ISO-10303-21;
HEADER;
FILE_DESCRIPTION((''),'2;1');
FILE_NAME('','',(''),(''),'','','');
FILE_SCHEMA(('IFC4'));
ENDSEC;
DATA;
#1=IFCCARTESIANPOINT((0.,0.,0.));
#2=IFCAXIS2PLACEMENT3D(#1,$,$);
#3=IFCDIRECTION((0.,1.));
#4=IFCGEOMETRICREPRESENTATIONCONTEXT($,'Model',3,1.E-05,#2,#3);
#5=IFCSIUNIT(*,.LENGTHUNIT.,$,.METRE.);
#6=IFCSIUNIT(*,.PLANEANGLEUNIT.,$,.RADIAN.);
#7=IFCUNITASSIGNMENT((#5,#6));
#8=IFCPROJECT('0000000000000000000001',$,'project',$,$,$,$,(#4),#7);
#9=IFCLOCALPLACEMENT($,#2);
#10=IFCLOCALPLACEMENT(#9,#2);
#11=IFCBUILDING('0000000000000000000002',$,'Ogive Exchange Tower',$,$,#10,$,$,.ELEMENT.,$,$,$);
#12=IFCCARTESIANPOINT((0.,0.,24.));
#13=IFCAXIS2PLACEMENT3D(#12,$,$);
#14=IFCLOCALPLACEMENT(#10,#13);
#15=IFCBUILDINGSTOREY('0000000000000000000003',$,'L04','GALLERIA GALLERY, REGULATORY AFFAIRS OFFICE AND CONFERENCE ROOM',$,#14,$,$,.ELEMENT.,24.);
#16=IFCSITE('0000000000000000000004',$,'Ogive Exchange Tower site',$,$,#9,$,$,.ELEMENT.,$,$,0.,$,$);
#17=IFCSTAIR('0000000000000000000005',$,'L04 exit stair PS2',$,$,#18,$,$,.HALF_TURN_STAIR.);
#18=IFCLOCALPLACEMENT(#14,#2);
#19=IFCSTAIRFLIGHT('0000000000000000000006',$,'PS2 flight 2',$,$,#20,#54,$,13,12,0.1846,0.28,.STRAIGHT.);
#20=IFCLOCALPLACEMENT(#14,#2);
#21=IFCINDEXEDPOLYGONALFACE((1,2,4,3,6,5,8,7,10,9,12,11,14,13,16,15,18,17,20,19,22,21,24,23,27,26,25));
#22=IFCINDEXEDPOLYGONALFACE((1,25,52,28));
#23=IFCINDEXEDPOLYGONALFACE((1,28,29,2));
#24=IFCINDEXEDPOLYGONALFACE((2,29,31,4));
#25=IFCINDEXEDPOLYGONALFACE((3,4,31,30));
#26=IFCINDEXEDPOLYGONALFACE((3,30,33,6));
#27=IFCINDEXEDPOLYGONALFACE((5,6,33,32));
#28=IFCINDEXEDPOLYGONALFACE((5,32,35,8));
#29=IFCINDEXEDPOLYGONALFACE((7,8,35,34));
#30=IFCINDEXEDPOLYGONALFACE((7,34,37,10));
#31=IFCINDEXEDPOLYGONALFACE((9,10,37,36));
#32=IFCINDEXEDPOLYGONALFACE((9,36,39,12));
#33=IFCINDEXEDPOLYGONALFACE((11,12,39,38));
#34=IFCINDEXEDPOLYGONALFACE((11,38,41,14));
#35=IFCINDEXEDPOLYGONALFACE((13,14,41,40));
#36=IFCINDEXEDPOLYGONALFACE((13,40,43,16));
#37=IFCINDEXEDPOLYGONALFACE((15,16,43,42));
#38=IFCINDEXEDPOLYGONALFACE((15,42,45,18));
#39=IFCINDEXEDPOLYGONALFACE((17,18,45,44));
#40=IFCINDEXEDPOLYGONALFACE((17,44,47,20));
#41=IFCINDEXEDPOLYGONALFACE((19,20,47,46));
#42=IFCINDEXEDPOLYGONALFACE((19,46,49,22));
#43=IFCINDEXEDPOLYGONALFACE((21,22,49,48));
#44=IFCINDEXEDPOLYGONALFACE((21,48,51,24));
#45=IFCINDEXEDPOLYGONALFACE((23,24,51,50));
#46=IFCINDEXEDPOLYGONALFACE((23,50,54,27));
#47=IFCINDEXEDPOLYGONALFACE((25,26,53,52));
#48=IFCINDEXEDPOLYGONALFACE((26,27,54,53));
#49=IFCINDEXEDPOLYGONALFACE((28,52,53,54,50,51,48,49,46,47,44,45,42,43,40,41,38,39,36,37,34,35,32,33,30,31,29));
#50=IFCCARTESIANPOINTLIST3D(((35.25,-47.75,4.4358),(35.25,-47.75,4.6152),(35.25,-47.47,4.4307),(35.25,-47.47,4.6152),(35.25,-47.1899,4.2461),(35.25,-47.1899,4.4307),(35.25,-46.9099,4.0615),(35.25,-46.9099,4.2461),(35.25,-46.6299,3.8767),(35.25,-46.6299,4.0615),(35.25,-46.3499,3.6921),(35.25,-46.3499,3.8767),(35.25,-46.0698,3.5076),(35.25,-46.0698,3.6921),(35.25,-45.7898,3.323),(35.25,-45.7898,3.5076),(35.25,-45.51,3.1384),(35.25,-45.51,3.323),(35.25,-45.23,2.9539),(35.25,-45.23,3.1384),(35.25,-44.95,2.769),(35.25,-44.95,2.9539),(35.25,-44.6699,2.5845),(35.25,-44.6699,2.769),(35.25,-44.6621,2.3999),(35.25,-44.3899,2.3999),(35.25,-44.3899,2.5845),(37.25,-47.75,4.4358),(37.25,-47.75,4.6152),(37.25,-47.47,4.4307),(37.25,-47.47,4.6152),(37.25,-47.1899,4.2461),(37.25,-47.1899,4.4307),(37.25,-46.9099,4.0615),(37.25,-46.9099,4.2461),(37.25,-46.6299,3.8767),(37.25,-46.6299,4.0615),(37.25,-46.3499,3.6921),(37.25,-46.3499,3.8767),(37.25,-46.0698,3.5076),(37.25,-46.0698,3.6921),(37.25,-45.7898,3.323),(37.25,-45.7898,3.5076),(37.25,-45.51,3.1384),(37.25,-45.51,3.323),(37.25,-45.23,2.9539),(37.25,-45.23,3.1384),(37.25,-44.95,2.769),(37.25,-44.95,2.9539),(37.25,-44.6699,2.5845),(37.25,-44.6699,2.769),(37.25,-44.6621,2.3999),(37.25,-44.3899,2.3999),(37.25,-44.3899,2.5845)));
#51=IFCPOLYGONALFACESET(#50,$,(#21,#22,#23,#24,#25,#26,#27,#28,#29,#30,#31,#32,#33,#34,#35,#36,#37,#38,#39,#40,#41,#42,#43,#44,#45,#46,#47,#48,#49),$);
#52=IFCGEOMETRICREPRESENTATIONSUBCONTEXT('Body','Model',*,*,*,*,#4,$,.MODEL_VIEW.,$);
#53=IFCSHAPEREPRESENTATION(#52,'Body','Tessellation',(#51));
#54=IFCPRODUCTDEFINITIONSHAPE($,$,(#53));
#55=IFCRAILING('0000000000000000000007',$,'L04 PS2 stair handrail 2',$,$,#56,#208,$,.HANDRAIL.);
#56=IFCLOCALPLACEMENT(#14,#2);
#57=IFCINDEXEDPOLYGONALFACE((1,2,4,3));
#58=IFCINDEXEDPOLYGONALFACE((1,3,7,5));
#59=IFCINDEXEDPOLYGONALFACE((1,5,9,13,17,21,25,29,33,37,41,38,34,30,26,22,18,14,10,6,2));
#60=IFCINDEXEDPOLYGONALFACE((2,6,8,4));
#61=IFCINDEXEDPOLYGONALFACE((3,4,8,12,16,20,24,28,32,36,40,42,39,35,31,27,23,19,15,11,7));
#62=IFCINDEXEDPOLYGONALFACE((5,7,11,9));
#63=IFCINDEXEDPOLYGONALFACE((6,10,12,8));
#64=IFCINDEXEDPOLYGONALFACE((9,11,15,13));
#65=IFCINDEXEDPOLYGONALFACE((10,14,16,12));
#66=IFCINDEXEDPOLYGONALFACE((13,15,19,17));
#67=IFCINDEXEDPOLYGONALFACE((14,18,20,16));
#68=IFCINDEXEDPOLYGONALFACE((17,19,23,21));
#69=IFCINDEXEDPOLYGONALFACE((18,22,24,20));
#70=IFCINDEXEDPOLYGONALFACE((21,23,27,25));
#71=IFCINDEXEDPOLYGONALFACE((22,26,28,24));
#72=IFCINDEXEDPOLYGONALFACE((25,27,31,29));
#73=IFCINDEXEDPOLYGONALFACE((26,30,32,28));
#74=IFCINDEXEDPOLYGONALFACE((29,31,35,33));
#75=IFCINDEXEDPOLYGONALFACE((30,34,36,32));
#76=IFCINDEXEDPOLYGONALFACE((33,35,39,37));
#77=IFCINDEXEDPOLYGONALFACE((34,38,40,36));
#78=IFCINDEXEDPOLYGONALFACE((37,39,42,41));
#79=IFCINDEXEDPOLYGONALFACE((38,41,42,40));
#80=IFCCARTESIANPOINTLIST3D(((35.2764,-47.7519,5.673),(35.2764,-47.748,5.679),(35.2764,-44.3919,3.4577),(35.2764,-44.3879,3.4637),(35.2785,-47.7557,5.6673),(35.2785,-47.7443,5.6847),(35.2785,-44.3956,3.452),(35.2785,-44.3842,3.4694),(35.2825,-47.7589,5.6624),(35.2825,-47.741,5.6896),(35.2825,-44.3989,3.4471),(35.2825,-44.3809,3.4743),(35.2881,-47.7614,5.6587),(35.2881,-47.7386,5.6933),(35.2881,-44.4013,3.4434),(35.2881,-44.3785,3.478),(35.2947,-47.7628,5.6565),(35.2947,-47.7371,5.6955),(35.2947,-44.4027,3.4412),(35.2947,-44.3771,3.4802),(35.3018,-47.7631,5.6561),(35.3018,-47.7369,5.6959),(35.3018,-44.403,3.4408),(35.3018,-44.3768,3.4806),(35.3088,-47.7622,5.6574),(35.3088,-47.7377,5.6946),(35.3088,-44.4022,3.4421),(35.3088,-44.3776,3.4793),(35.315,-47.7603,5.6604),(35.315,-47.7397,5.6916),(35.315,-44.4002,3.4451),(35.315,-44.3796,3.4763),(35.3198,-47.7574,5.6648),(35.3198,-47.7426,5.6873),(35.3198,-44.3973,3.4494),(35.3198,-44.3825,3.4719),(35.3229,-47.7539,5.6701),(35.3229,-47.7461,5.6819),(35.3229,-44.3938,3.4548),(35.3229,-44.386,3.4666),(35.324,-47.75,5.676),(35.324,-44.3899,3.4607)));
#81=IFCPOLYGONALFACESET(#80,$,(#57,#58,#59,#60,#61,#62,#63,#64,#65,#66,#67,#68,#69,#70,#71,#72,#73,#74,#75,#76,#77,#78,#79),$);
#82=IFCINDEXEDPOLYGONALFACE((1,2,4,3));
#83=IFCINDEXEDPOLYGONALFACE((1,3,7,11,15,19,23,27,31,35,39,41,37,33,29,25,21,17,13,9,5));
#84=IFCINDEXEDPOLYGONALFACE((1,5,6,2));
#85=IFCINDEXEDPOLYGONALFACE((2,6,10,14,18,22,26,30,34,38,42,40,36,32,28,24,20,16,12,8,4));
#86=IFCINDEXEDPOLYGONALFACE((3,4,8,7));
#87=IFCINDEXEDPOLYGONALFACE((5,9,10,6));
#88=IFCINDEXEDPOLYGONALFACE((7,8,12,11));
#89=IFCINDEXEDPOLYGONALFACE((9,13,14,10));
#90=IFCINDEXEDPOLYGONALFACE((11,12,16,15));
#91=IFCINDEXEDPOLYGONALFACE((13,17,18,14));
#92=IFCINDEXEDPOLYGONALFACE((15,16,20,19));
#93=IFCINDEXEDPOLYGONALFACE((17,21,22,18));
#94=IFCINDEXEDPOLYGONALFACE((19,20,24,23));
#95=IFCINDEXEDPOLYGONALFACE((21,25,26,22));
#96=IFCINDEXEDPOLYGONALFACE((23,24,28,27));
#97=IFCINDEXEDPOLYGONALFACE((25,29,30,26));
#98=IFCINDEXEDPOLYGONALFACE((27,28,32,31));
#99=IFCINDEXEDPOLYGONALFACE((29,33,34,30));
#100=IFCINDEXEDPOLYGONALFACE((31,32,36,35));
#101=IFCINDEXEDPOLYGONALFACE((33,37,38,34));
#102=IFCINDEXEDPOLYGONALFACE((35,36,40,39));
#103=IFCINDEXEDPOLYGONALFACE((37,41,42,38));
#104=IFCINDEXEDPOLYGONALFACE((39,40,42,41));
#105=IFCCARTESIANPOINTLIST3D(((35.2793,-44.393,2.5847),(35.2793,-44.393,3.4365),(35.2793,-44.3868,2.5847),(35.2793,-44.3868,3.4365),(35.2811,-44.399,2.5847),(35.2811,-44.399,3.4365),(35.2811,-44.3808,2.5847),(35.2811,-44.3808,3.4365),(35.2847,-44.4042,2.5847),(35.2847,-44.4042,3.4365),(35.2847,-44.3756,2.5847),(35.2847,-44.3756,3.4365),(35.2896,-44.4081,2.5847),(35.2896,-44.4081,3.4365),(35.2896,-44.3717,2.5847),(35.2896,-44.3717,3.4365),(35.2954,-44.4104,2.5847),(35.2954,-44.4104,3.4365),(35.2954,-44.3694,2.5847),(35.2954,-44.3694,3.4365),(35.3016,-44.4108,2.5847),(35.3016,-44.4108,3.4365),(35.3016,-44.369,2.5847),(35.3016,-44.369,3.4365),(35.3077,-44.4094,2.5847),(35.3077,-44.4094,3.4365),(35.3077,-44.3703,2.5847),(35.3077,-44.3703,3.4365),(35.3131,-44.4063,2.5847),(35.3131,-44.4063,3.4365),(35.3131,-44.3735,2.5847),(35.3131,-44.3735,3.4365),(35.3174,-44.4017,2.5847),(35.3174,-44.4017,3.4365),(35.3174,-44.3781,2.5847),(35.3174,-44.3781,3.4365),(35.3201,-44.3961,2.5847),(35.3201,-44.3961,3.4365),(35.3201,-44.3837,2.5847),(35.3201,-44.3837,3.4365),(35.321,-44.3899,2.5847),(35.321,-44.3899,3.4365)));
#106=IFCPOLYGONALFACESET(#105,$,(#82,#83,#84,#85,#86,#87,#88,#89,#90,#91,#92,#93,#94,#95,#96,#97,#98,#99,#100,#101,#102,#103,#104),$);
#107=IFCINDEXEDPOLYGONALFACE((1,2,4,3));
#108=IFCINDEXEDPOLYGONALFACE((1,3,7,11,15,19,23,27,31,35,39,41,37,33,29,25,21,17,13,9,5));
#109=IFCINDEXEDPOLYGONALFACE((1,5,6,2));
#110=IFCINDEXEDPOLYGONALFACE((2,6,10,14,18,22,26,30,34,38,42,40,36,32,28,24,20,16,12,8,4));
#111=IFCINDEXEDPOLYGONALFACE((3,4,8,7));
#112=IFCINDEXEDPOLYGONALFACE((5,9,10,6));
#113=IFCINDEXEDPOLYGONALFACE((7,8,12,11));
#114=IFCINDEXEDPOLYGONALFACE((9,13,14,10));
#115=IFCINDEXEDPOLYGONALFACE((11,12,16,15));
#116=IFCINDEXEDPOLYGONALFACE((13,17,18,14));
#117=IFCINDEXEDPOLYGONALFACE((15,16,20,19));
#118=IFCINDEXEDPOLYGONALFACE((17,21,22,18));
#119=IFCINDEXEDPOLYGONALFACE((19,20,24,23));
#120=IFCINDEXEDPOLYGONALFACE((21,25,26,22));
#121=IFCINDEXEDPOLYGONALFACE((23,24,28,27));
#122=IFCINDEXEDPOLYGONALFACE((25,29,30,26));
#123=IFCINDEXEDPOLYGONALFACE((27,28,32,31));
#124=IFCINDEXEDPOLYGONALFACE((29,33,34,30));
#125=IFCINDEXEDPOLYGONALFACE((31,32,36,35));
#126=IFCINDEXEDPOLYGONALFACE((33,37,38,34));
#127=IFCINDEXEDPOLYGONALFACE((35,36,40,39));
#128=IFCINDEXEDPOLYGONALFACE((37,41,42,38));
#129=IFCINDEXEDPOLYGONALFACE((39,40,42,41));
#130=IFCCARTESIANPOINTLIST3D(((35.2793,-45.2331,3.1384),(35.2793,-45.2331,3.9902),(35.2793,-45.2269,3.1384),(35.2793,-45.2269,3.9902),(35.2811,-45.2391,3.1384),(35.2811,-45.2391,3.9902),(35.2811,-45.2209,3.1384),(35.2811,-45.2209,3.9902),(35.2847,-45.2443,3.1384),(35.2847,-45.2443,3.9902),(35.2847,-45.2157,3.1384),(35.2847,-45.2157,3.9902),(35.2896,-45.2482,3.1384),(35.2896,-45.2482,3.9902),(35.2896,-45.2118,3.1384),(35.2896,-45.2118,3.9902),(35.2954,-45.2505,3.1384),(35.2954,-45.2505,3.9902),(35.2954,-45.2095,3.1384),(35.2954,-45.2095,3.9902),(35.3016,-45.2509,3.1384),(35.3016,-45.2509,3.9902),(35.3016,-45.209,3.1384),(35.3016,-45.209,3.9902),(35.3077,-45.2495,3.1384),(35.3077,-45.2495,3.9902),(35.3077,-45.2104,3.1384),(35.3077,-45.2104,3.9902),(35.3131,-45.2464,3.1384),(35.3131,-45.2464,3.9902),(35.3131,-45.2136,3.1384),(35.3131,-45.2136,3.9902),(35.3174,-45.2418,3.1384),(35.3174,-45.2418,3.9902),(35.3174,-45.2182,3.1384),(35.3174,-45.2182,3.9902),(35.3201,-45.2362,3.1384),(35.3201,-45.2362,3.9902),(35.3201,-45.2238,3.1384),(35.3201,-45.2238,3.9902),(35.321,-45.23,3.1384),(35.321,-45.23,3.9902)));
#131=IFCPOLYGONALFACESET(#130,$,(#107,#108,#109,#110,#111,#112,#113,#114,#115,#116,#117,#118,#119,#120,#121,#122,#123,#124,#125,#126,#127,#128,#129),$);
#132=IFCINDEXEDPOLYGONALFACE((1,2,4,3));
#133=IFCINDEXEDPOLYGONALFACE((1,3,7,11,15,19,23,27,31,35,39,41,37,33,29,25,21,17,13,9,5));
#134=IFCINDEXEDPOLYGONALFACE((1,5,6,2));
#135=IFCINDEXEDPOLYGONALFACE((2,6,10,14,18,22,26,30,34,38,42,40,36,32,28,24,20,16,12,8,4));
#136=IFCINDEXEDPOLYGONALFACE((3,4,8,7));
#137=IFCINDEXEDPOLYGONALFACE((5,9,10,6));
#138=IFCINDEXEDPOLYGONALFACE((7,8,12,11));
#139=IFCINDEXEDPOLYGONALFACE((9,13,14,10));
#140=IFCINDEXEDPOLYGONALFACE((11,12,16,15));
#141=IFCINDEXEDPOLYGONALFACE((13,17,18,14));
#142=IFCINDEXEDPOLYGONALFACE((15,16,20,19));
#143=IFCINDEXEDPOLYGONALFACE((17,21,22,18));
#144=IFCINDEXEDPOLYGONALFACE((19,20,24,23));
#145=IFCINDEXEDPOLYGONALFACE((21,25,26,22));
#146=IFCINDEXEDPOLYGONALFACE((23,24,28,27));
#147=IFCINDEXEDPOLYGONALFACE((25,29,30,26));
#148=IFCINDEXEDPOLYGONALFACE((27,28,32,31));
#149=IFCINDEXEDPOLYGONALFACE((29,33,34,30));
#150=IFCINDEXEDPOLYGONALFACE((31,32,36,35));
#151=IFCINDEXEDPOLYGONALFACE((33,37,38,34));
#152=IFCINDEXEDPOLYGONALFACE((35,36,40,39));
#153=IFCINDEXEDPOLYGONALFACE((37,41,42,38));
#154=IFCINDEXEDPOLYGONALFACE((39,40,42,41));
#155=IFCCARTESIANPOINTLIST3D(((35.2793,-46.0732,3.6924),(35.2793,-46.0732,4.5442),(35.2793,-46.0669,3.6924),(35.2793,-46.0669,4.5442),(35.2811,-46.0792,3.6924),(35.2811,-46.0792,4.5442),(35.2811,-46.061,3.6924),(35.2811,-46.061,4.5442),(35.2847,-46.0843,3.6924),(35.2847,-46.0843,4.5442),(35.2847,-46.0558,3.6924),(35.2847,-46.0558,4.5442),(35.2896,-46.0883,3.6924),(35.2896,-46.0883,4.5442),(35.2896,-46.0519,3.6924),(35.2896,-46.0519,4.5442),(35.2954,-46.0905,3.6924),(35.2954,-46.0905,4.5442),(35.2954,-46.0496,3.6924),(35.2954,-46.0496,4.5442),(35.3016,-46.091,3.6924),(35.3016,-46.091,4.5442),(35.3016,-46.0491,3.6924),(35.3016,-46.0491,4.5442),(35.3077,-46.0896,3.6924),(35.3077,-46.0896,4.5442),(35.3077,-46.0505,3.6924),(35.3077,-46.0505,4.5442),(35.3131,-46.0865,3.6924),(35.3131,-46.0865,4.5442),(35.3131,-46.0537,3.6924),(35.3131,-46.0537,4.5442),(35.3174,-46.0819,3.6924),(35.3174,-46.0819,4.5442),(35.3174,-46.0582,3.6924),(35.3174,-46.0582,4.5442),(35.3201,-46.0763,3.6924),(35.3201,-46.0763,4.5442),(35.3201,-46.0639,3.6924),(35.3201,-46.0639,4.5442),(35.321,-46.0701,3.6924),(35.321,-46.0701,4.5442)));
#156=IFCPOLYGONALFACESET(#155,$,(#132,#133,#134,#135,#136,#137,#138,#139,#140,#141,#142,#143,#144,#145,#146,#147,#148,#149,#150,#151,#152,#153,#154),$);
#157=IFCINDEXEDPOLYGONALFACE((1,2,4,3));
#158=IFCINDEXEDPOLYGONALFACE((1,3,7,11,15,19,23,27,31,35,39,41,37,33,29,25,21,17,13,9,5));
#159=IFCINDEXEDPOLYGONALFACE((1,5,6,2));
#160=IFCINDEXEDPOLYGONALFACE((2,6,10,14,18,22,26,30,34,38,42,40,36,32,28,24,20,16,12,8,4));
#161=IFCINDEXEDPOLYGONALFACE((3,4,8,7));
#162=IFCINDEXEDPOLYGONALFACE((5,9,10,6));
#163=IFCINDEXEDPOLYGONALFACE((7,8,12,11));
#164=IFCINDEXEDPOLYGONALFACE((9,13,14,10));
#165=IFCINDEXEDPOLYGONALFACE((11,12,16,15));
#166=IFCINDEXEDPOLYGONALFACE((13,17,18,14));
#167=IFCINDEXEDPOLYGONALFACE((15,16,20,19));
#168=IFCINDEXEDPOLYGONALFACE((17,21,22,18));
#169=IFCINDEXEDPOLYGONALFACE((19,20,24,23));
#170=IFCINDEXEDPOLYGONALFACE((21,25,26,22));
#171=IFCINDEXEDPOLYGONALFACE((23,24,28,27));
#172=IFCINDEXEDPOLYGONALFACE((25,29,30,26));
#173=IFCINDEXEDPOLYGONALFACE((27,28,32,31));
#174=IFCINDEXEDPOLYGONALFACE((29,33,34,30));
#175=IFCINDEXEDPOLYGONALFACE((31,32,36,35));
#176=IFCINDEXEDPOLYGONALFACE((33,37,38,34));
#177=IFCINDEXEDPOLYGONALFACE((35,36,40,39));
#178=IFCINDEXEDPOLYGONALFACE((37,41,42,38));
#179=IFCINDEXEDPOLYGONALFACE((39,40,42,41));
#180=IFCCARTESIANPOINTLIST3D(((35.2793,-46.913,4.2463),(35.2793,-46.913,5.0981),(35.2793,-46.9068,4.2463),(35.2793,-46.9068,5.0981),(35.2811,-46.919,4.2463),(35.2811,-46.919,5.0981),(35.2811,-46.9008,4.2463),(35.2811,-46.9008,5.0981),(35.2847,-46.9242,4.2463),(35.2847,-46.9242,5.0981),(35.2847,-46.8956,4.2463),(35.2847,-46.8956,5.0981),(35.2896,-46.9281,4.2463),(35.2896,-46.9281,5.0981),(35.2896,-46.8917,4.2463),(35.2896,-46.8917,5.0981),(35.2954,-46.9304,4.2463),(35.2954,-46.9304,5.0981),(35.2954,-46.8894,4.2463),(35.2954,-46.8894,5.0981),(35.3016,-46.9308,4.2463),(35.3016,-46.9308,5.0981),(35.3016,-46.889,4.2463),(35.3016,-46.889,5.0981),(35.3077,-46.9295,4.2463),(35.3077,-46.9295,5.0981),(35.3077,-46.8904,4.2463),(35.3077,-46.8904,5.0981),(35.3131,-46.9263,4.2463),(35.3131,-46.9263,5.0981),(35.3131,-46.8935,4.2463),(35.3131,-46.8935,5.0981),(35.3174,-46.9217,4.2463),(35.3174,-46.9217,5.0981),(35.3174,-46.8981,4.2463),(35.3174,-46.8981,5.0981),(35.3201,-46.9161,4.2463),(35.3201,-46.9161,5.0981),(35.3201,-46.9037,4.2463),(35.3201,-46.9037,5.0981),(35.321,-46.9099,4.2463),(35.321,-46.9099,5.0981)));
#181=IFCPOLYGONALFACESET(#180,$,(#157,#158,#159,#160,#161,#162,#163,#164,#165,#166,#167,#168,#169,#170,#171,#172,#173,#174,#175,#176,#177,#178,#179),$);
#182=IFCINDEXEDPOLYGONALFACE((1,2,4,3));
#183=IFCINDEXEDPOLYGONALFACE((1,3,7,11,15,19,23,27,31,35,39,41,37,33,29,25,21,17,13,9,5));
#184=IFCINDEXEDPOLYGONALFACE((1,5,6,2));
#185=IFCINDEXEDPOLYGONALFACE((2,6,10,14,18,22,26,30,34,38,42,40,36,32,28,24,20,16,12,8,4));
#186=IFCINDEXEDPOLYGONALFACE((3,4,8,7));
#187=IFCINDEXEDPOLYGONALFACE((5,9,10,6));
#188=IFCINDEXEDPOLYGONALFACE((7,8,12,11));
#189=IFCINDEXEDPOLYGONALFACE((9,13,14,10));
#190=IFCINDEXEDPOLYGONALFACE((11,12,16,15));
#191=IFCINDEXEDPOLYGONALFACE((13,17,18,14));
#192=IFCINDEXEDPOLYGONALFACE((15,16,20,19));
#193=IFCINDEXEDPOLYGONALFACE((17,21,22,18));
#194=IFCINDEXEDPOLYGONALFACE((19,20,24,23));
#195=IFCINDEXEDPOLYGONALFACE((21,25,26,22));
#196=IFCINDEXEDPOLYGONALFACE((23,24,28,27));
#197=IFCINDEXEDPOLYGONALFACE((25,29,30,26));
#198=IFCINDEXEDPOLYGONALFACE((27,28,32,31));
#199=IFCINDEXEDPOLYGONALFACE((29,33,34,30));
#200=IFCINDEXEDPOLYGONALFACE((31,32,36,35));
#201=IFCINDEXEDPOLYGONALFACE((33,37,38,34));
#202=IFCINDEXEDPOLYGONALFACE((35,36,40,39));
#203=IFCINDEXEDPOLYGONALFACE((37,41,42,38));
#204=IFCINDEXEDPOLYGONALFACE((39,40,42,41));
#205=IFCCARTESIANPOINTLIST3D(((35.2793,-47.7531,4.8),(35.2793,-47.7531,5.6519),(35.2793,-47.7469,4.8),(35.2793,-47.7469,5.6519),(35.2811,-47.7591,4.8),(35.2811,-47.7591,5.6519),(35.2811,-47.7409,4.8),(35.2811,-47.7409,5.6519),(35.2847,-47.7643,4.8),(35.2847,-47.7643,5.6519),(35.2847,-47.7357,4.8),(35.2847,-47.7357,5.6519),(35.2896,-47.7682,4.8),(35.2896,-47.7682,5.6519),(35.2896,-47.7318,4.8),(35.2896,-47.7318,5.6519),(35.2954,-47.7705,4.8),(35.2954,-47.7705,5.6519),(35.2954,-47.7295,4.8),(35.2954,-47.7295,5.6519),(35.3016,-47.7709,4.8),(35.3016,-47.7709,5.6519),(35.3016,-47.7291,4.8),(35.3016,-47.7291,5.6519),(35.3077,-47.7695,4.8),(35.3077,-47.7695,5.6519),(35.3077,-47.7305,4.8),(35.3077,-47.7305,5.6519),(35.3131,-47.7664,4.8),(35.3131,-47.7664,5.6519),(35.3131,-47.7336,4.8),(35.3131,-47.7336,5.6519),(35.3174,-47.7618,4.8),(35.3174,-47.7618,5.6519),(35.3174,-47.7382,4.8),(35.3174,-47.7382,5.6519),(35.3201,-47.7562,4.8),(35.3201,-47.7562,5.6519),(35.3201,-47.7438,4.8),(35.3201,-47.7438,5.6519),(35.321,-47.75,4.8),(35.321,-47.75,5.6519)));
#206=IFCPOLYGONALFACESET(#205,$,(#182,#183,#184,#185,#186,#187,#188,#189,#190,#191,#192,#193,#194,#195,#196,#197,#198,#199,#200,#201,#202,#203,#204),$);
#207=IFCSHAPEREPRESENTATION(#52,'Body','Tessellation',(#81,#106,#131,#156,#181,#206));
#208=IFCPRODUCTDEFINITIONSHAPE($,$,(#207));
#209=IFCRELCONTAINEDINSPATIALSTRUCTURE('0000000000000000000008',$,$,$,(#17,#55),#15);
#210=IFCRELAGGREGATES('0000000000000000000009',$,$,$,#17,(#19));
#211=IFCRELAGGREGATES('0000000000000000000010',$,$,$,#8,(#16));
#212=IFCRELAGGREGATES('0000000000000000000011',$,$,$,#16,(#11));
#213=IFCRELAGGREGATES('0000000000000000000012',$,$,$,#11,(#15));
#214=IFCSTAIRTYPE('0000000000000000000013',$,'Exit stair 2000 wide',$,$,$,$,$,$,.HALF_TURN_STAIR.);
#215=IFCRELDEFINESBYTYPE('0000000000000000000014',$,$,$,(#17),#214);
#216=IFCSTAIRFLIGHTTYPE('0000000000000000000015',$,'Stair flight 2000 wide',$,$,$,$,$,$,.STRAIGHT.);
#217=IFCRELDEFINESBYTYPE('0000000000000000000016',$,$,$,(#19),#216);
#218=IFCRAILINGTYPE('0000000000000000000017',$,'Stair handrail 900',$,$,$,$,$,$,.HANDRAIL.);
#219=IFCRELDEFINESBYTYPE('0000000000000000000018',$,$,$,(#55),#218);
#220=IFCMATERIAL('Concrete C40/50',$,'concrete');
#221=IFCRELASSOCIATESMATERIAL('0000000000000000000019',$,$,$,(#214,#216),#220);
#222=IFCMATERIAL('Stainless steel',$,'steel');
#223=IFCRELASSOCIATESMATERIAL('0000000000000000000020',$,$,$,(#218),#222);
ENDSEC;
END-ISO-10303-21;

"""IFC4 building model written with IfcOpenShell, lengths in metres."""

from ifc_helpers import new_model, si_unit, direction, frame, origin, origin_2d, place, context, subcontext, project, spatial, polyline, circle, outline, extrude, material, type_object, element, aggregate, save


model = new_model("IFC4")

# Units and contexts
model_context = context("Model", 3, precision=1e-05, world=origin(), true_north=direction((0.0, 1.0)))
body_context = subcontext(model_context, "Body", "Model", "MODEL_VIEW")
ifc_project = project(units=[si_unit("LENGTHUNIT", "METRE"), si_unit("PLANEANGLEUNIT", "RADIAN")], contexts=[model_context])

# Site, building, storey
site_placement = place(None, origin())
site = spatial("IfcSite", under=ifc_project, at=site_placement, Name="Ogive Exchange Tower site", CompositionType="ELEMENT", RefElevation=0.0)
building_placement = place(site_placement, origin())
building = spatial("IfcBuilding", under=site, at=building_placement, Name="Ogive Exchange Tower", CompositionType="ELEMENT")
storey_placement = place(building_placement, frame((0.0, 0.0, 24.0)))
storey = spatial("IfcBuildingStorey", under=building, at=storey_placement, Name="L04", Description="GALLERIA GALLERY, REGULATORY AFFAIRS OFFICE AND CONFERENCE ROOM", CompositionType="ELEMENT", Elevation=24.0)

# Stair, stair flight
ifc_material_1 = material(Name="Concrete C40/50", Category="concrete")
stair_type = type_object("IfcStairType", Name="Exit stair 2000 wide", PredefinedType="HALF_TURN_STAIR", material=ifc_material_1)
stair_placement = place(storey_placement, origin())
stair = element("IfcStair", 1, at=stair_placement, inside=storey, type_object=stair_type, Name="L04 exit stair PS2", PredefinedType="HALF_TURN_STAIR")
stair_flight_type = type_object("IfcStairFlightType", Name="Stair flight 2000 wide", PredefinedType="STRAIGHT", material=ifc_material_1)
stair_flight_placement = place(storey_placement, frame((36.25, -44.3899, 2.3999), z_axis=(0.0, 0.0, 1.0), x_axis=(0.0, -1.0, 0.0)))
stair_flight = element("IfcStairFlight", 2, at=stair_flight_placement, type_object=stair_flight_type, Name="PS2 flight 2", NumberOfRisers=13, NumberOfTreads=12, PredefinedType="STRAIGHT", RiserHeight=0.1846, TreadLength=0.28, context=body_context, shape_type="SweptSolid", body=[
    extrude(outline(polyline([(0.0, 0.0), (0.0, 0.1846), (0.28, 0.1846), (0.28, 0.3691), (0.5601, 0.3691), (0.5601, 0.554), (0.8401, 0.554), (0.8401, 0.7385), (1.1201, 0.7385), (1.1201, 0.9231), (1.3999, 0.9231), (1.3999, 1.1077), (1.6799, 1.1077), (1.6799, 1.2922), (1.96, 1.2922), (1.96, 1.4768), (2.24, 1.4768), (2.24, 1.6616), (2.52, 1.6616), (2.52, 1.8462), (2.8, 1.8462), (2.8, 2.0308), (3.0801, 2.0308), (3.0801, 2.2153), (3.3601, 2.2153), (3.3601, 2.3999), (3.3601, 2.0359), (0.2722, 0.0), (0.0, 0.0)])), frame((0.0, 1.0, 0.0), z_axis=(0.0, -1.0, 0.0), x_axis=(1.0, 0.0, 0.0)), (0.0, 0.0, 1.0), 2.0),
])
aggregate(stair, [stair_flight])

# Railing
ifc_material_2 = material(Name="Stainless steel", Category="steel")
railing_type = type_object("IfcRailingType", Name="Stair handrail 900", PredefinedType="HANDRAIL", material=ifc_material_2)
railing_placement = place(storey_placement, frame((35.3, -44.3899, 2.5847)))
element("IfcRailing", 3, at=railing_placement, inside=storey, type_object=railing_type, Name="L04 PS2 stair handrail 2", PredefinedType="HANDRAIL", context=body_context, shape_type="SweptSolid", body=[
    extrude(circle(Radius=0.0239, at=origin_2d()), frame((0.0, 0.0, 0.876), z_axis=(0.0, -0.834876, 0.550437), x_axis=(1.0, 0.0, 0.0)), (0.0, 0.0, 1.0), 4.0247),
    extrude(circle(Radius=0.021, at=origin_2d()), origin(), (0.0, 0.0, 1.0), 0.8518),
    extrude(circle(Radius=0.021, at=origin_2d()), frame((0.0, -0.8401, 0.5537)), (0.0, 0.0, 1.0), 0.8518),
    extrude(circle(Radius=0.021, at=origin_2d()), frame((0.0, -1.6802, 1.1077)), (0.0, 0.0, 1.0), 0.8518),
    extrude(circle(Radius=0.021, at=origin_2d()), frame((0.0, -2.52, 1.6616)), (0.0, 0.0, 1.0), 0.8518),
    extrude(circle(Radius=0.021, at=origin_2d()), frame((0.0, -3.3601, 2.2153)), (0.0, 0.0, 1.0), 0.8518),
])

save(model, "model.ifc")
